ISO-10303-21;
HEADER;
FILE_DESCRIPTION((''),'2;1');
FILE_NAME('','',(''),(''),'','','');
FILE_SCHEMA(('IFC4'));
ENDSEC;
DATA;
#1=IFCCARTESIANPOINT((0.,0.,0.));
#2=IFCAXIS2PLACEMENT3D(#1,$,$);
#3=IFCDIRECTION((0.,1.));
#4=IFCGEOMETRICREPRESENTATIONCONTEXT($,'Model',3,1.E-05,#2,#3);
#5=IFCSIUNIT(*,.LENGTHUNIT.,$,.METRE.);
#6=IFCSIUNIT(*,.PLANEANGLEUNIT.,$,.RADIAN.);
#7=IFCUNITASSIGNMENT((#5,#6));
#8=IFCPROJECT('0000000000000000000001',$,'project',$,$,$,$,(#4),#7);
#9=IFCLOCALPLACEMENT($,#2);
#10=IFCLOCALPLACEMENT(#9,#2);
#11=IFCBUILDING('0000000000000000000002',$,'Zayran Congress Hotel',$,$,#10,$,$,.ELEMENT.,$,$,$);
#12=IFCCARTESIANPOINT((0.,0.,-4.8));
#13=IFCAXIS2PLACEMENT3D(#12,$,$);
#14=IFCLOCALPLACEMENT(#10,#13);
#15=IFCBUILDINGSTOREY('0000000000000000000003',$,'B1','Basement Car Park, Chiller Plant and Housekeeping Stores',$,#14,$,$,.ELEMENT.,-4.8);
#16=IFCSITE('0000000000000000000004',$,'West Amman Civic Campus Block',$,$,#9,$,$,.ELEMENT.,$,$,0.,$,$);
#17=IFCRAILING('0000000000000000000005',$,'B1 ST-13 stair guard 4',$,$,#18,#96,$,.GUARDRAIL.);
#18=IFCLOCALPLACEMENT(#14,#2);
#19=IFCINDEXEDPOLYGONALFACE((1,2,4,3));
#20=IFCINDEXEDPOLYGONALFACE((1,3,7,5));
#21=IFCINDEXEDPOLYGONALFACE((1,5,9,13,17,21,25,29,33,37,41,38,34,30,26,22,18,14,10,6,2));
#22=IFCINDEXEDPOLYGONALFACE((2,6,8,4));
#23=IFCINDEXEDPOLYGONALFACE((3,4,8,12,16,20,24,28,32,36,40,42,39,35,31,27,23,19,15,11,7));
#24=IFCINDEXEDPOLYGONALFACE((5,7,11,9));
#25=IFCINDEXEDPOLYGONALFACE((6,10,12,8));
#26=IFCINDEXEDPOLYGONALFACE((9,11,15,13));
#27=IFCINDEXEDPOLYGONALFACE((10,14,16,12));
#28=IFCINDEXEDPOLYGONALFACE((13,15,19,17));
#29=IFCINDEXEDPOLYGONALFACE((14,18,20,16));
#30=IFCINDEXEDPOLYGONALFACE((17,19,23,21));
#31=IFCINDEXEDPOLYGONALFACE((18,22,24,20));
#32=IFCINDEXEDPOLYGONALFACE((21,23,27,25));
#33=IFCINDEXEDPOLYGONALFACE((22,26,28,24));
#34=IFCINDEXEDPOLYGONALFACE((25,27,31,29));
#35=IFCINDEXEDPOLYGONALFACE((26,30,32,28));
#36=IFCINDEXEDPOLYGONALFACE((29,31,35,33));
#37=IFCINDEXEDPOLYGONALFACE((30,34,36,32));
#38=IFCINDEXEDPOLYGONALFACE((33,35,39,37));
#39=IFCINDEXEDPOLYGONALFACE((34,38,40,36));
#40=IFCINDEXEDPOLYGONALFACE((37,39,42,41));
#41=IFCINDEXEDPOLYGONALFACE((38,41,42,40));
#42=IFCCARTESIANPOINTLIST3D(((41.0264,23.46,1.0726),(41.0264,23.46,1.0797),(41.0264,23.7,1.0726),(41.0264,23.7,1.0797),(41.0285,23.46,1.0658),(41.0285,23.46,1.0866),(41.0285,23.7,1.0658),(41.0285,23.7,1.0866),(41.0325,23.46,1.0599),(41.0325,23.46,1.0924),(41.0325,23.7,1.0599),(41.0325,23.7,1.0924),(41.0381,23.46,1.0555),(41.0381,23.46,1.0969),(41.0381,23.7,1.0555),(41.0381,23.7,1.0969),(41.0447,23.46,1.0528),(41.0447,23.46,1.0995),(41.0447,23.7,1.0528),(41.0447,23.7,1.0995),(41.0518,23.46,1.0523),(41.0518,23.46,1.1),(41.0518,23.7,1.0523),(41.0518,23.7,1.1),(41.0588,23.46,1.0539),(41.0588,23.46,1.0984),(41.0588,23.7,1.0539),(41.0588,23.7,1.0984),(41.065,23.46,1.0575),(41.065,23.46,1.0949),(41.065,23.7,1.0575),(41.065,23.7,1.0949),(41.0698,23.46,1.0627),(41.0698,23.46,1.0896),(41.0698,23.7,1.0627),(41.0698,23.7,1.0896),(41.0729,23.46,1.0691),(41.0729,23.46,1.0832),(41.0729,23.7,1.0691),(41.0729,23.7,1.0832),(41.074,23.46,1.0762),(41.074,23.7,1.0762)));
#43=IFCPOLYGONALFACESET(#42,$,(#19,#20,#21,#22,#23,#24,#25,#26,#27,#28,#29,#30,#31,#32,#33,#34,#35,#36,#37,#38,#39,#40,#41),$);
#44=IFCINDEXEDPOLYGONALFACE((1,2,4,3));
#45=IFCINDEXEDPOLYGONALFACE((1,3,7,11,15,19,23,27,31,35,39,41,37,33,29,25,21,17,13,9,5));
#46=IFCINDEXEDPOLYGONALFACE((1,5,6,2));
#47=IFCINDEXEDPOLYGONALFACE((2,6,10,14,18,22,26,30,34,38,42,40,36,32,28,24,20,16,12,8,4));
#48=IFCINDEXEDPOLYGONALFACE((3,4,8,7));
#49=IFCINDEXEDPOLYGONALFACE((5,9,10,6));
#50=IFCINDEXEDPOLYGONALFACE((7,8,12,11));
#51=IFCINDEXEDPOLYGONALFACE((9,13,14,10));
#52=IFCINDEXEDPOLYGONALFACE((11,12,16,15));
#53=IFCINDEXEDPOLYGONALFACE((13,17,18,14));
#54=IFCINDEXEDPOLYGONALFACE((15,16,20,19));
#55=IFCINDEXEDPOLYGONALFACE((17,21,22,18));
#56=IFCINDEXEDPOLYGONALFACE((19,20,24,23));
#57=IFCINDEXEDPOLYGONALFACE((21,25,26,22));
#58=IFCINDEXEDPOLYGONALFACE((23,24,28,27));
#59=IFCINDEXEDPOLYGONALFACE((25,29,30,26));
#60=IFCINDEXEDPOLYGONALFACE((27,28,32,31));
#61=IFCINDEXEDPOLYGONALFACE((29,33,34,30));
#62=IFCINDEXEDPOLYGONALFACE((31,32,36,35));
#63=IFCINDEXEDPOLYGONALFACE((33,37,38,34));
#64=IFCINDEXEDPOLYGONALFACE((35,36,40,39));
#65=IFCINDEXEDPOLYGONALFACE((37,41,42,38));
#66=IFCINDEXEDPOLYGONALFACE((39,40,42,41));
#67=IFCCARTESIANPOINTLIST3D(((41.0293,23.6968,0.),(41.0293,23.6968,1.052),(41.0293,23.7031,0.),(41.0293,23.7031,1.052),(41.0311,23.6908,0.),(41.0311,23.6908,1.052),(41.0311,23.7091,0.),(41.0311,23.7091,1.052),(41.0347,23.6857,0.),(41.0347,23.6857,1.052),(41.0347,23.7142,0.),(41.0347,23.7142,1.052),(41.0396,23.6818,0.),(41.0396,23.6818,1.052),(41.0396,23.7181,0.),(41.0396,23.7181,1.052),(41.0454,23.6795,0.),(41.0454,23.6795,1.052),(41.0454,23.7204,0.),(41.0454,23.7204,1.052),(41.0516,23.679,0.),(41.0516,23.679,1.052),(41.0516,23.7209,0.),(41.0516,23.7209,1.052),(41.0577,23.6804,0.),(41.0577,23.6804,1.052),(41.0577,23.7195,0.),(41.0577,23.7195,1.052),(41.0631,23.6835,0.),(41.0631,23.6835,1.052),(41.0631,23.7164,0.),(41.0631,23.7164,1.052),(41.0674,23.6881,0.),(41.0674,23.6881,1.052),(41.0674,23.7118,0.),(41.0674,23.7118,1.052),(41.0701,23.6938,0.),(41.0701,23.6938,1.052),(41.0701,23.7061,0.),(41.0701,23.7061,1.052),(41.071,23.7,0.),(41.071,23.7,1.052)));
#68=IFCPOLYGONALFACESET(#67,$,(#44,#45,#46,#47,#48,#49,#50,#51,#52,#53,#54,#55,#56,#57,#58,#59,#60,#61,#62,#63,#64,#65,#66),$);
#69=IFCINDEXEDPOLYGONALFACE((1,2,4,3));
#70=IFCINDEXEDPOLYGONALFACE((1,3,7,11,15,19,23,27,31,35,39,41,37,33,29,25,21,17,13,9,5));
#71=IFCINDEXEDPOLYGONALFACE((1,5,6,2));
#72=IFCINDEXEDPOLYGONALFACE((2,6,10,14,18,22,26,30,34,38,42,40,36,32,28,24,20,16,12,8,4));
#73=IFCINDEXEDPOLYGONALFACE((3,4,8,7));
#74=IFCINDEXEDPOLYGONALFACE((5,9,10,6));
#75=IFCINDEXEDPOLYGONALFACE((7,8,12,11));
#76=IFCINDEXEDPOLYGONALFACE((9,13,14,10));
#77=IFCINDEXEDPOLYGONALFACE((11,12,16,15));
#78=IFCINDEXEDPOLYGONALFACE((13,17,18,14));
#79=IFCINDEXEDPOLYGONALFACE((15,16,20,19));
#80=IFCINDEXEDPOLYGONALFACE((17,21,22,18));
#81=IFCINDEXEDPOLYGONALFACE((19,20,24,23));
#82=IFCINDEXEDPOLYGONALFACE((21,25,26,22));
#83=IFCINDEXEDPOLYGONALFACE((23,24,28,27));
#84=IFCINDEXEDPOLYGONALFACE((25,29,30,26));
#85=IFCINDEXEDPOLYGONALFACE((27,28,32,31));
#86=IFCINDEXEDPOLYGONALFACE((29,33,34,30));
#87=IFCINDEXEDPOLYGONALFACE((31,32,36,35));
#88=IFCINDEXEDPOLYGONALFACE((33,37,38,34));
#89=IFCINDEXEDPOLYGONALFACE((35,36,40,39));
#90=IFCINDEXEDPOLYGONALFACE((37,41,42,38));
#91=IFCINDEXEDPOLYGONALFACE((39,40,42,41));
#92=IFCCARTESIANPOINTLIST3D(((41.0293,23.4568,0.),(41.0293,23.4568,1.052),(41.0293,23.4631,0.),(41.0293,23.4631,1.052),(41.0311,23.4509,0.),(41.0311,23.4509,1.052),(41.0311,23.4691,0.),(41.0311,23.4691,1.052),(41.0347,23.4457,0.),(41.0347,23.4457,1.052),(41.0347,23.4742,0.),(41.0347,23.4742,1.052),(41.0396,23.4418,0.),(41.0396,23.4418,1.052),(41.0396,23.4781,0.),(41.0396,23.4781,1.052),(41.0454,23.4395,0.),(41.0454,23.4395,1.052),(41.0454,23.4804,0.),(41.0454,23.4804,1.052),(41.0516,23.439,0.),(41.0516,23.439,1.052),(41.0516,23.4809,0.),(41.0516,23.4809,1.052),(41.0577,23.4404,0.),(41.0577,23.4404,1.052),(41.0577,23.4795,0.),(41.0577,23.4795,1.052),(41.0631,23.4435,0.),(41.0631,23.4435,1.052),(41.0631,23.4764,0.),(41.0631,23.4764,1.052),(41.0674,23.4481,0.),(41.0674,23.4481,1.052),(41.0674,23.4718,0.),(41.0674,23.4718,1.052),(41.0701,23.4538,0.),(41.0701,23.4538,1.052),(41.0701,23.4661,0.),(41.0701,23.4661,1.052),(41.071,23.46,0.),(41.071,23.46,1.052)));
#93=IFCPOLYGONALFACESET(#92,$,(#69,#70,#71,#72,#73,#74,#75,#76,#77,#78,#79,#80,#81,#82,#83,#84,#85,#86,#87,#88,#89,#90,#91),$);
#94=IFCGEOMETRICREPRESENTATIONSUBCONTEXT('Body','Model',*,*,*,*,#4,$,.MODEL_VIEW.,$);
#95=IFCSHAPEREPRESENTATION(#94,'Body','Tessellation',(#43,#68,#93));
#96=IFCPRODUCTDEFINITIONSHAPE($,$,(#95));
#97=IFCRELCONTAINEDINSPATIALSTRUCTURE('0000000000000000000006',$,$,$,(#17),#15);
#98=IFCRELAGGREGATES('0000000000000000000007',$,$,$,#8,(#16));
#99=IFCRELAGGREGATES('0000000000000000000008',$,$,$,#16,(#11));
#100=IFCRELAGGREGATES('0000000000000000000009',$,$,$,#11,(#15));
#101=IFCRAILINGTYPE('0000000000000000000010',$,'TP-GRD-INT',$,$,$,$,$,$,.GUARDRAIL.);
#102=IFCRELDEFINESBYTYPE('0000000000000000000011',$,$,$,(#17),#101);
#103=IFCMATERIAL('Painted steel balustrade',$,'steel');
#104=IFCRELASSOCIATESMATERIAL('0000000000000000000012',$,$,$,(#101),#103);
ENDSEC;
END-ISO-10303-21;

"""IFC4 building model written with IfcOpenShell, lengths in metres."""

from ifc_helpers import new_model, si_unit, direction, frame, origin, origin_2d, place, context, subcontext, project, spatial, circle, extrude, material, type_object, element, save


model = new_model("IFC4")

# Units and contexts
model_context = context("Model", 3, precision=1e-05, world=origin(), true_north=direction((0.0, 1.0)))
body_context = subcontext(model_context, "Body", "Model", "MODEL_VIEW")
ifc_project = project(units=[si_unit("LENGTHUNIT", "METRE"), si_unit("PLANEANGLEUNIT", "RADIAN")], contexts=[model_context])

# Site, building, storey
site_placement = place(None, origin())
site = spatial("IfcSite", under=ifc_project, at=site_placement, Name="West Amman Civic Campus Block", CompositionType="ELEMENT", RefElevation=0.0)
building_placement = place(site_placement, origin())
building = spatial("IfcBuilding", under=site, at=building_placement, Name="Zayran Congress Hotel", CompositionType="ELEMENT")
storey_placement = place(building_placement, frame((0.0, 0.0, -4.8)))
storey = spatial("IfcBuildingStorey", under=building, at=storey_placement, Name="B1", Description="Basement Car Park, Chiller Plant and Housekeeping Stores", CompositionType="ELEMENT", Elevation=-4.8)

# Railing
ifc_material_1 = material(Name="Painted steel balustrade", Category="steel")
railing_type_1 = type_object("IfcRailingType", Name="TP-GRD-INT", PredefinedType="GUARDRAIL", material=ifc_material_1)
railing_1_placement = place(storey_placement, frame((41.05, 23.7, 0.0)))
element("IfcRailing", 1, at=railing_1_placement, inside=storey, type_object=railing_type_1, Name="B1 ST-13 stair guard 4", PredefinedType="GUARDRAIL", context=body_context, shape_type="SweptSolid", body=[
    extrude(circle(Radius=0.0239, at=origin_2d()), frame((0.0, 0.0, 1.0762), z_axis=(0.0, -1.0, 0.0), x_axis=(1.0, 0.0, 0.0)), (0.0, 0.0, 1.0), 0.24),
    extrude(circle(Radius=0.021, at=origin_2d()), origin(), (0.0, 0.0, 1.0), 1.052),
    extrude(circle(Radius=0.021, at=origin_2d()), frame((0.0, -0.24, 0.0)), (0.0, 0.0, 1.0), 1.052),
])

save(model, "model.ifc")
